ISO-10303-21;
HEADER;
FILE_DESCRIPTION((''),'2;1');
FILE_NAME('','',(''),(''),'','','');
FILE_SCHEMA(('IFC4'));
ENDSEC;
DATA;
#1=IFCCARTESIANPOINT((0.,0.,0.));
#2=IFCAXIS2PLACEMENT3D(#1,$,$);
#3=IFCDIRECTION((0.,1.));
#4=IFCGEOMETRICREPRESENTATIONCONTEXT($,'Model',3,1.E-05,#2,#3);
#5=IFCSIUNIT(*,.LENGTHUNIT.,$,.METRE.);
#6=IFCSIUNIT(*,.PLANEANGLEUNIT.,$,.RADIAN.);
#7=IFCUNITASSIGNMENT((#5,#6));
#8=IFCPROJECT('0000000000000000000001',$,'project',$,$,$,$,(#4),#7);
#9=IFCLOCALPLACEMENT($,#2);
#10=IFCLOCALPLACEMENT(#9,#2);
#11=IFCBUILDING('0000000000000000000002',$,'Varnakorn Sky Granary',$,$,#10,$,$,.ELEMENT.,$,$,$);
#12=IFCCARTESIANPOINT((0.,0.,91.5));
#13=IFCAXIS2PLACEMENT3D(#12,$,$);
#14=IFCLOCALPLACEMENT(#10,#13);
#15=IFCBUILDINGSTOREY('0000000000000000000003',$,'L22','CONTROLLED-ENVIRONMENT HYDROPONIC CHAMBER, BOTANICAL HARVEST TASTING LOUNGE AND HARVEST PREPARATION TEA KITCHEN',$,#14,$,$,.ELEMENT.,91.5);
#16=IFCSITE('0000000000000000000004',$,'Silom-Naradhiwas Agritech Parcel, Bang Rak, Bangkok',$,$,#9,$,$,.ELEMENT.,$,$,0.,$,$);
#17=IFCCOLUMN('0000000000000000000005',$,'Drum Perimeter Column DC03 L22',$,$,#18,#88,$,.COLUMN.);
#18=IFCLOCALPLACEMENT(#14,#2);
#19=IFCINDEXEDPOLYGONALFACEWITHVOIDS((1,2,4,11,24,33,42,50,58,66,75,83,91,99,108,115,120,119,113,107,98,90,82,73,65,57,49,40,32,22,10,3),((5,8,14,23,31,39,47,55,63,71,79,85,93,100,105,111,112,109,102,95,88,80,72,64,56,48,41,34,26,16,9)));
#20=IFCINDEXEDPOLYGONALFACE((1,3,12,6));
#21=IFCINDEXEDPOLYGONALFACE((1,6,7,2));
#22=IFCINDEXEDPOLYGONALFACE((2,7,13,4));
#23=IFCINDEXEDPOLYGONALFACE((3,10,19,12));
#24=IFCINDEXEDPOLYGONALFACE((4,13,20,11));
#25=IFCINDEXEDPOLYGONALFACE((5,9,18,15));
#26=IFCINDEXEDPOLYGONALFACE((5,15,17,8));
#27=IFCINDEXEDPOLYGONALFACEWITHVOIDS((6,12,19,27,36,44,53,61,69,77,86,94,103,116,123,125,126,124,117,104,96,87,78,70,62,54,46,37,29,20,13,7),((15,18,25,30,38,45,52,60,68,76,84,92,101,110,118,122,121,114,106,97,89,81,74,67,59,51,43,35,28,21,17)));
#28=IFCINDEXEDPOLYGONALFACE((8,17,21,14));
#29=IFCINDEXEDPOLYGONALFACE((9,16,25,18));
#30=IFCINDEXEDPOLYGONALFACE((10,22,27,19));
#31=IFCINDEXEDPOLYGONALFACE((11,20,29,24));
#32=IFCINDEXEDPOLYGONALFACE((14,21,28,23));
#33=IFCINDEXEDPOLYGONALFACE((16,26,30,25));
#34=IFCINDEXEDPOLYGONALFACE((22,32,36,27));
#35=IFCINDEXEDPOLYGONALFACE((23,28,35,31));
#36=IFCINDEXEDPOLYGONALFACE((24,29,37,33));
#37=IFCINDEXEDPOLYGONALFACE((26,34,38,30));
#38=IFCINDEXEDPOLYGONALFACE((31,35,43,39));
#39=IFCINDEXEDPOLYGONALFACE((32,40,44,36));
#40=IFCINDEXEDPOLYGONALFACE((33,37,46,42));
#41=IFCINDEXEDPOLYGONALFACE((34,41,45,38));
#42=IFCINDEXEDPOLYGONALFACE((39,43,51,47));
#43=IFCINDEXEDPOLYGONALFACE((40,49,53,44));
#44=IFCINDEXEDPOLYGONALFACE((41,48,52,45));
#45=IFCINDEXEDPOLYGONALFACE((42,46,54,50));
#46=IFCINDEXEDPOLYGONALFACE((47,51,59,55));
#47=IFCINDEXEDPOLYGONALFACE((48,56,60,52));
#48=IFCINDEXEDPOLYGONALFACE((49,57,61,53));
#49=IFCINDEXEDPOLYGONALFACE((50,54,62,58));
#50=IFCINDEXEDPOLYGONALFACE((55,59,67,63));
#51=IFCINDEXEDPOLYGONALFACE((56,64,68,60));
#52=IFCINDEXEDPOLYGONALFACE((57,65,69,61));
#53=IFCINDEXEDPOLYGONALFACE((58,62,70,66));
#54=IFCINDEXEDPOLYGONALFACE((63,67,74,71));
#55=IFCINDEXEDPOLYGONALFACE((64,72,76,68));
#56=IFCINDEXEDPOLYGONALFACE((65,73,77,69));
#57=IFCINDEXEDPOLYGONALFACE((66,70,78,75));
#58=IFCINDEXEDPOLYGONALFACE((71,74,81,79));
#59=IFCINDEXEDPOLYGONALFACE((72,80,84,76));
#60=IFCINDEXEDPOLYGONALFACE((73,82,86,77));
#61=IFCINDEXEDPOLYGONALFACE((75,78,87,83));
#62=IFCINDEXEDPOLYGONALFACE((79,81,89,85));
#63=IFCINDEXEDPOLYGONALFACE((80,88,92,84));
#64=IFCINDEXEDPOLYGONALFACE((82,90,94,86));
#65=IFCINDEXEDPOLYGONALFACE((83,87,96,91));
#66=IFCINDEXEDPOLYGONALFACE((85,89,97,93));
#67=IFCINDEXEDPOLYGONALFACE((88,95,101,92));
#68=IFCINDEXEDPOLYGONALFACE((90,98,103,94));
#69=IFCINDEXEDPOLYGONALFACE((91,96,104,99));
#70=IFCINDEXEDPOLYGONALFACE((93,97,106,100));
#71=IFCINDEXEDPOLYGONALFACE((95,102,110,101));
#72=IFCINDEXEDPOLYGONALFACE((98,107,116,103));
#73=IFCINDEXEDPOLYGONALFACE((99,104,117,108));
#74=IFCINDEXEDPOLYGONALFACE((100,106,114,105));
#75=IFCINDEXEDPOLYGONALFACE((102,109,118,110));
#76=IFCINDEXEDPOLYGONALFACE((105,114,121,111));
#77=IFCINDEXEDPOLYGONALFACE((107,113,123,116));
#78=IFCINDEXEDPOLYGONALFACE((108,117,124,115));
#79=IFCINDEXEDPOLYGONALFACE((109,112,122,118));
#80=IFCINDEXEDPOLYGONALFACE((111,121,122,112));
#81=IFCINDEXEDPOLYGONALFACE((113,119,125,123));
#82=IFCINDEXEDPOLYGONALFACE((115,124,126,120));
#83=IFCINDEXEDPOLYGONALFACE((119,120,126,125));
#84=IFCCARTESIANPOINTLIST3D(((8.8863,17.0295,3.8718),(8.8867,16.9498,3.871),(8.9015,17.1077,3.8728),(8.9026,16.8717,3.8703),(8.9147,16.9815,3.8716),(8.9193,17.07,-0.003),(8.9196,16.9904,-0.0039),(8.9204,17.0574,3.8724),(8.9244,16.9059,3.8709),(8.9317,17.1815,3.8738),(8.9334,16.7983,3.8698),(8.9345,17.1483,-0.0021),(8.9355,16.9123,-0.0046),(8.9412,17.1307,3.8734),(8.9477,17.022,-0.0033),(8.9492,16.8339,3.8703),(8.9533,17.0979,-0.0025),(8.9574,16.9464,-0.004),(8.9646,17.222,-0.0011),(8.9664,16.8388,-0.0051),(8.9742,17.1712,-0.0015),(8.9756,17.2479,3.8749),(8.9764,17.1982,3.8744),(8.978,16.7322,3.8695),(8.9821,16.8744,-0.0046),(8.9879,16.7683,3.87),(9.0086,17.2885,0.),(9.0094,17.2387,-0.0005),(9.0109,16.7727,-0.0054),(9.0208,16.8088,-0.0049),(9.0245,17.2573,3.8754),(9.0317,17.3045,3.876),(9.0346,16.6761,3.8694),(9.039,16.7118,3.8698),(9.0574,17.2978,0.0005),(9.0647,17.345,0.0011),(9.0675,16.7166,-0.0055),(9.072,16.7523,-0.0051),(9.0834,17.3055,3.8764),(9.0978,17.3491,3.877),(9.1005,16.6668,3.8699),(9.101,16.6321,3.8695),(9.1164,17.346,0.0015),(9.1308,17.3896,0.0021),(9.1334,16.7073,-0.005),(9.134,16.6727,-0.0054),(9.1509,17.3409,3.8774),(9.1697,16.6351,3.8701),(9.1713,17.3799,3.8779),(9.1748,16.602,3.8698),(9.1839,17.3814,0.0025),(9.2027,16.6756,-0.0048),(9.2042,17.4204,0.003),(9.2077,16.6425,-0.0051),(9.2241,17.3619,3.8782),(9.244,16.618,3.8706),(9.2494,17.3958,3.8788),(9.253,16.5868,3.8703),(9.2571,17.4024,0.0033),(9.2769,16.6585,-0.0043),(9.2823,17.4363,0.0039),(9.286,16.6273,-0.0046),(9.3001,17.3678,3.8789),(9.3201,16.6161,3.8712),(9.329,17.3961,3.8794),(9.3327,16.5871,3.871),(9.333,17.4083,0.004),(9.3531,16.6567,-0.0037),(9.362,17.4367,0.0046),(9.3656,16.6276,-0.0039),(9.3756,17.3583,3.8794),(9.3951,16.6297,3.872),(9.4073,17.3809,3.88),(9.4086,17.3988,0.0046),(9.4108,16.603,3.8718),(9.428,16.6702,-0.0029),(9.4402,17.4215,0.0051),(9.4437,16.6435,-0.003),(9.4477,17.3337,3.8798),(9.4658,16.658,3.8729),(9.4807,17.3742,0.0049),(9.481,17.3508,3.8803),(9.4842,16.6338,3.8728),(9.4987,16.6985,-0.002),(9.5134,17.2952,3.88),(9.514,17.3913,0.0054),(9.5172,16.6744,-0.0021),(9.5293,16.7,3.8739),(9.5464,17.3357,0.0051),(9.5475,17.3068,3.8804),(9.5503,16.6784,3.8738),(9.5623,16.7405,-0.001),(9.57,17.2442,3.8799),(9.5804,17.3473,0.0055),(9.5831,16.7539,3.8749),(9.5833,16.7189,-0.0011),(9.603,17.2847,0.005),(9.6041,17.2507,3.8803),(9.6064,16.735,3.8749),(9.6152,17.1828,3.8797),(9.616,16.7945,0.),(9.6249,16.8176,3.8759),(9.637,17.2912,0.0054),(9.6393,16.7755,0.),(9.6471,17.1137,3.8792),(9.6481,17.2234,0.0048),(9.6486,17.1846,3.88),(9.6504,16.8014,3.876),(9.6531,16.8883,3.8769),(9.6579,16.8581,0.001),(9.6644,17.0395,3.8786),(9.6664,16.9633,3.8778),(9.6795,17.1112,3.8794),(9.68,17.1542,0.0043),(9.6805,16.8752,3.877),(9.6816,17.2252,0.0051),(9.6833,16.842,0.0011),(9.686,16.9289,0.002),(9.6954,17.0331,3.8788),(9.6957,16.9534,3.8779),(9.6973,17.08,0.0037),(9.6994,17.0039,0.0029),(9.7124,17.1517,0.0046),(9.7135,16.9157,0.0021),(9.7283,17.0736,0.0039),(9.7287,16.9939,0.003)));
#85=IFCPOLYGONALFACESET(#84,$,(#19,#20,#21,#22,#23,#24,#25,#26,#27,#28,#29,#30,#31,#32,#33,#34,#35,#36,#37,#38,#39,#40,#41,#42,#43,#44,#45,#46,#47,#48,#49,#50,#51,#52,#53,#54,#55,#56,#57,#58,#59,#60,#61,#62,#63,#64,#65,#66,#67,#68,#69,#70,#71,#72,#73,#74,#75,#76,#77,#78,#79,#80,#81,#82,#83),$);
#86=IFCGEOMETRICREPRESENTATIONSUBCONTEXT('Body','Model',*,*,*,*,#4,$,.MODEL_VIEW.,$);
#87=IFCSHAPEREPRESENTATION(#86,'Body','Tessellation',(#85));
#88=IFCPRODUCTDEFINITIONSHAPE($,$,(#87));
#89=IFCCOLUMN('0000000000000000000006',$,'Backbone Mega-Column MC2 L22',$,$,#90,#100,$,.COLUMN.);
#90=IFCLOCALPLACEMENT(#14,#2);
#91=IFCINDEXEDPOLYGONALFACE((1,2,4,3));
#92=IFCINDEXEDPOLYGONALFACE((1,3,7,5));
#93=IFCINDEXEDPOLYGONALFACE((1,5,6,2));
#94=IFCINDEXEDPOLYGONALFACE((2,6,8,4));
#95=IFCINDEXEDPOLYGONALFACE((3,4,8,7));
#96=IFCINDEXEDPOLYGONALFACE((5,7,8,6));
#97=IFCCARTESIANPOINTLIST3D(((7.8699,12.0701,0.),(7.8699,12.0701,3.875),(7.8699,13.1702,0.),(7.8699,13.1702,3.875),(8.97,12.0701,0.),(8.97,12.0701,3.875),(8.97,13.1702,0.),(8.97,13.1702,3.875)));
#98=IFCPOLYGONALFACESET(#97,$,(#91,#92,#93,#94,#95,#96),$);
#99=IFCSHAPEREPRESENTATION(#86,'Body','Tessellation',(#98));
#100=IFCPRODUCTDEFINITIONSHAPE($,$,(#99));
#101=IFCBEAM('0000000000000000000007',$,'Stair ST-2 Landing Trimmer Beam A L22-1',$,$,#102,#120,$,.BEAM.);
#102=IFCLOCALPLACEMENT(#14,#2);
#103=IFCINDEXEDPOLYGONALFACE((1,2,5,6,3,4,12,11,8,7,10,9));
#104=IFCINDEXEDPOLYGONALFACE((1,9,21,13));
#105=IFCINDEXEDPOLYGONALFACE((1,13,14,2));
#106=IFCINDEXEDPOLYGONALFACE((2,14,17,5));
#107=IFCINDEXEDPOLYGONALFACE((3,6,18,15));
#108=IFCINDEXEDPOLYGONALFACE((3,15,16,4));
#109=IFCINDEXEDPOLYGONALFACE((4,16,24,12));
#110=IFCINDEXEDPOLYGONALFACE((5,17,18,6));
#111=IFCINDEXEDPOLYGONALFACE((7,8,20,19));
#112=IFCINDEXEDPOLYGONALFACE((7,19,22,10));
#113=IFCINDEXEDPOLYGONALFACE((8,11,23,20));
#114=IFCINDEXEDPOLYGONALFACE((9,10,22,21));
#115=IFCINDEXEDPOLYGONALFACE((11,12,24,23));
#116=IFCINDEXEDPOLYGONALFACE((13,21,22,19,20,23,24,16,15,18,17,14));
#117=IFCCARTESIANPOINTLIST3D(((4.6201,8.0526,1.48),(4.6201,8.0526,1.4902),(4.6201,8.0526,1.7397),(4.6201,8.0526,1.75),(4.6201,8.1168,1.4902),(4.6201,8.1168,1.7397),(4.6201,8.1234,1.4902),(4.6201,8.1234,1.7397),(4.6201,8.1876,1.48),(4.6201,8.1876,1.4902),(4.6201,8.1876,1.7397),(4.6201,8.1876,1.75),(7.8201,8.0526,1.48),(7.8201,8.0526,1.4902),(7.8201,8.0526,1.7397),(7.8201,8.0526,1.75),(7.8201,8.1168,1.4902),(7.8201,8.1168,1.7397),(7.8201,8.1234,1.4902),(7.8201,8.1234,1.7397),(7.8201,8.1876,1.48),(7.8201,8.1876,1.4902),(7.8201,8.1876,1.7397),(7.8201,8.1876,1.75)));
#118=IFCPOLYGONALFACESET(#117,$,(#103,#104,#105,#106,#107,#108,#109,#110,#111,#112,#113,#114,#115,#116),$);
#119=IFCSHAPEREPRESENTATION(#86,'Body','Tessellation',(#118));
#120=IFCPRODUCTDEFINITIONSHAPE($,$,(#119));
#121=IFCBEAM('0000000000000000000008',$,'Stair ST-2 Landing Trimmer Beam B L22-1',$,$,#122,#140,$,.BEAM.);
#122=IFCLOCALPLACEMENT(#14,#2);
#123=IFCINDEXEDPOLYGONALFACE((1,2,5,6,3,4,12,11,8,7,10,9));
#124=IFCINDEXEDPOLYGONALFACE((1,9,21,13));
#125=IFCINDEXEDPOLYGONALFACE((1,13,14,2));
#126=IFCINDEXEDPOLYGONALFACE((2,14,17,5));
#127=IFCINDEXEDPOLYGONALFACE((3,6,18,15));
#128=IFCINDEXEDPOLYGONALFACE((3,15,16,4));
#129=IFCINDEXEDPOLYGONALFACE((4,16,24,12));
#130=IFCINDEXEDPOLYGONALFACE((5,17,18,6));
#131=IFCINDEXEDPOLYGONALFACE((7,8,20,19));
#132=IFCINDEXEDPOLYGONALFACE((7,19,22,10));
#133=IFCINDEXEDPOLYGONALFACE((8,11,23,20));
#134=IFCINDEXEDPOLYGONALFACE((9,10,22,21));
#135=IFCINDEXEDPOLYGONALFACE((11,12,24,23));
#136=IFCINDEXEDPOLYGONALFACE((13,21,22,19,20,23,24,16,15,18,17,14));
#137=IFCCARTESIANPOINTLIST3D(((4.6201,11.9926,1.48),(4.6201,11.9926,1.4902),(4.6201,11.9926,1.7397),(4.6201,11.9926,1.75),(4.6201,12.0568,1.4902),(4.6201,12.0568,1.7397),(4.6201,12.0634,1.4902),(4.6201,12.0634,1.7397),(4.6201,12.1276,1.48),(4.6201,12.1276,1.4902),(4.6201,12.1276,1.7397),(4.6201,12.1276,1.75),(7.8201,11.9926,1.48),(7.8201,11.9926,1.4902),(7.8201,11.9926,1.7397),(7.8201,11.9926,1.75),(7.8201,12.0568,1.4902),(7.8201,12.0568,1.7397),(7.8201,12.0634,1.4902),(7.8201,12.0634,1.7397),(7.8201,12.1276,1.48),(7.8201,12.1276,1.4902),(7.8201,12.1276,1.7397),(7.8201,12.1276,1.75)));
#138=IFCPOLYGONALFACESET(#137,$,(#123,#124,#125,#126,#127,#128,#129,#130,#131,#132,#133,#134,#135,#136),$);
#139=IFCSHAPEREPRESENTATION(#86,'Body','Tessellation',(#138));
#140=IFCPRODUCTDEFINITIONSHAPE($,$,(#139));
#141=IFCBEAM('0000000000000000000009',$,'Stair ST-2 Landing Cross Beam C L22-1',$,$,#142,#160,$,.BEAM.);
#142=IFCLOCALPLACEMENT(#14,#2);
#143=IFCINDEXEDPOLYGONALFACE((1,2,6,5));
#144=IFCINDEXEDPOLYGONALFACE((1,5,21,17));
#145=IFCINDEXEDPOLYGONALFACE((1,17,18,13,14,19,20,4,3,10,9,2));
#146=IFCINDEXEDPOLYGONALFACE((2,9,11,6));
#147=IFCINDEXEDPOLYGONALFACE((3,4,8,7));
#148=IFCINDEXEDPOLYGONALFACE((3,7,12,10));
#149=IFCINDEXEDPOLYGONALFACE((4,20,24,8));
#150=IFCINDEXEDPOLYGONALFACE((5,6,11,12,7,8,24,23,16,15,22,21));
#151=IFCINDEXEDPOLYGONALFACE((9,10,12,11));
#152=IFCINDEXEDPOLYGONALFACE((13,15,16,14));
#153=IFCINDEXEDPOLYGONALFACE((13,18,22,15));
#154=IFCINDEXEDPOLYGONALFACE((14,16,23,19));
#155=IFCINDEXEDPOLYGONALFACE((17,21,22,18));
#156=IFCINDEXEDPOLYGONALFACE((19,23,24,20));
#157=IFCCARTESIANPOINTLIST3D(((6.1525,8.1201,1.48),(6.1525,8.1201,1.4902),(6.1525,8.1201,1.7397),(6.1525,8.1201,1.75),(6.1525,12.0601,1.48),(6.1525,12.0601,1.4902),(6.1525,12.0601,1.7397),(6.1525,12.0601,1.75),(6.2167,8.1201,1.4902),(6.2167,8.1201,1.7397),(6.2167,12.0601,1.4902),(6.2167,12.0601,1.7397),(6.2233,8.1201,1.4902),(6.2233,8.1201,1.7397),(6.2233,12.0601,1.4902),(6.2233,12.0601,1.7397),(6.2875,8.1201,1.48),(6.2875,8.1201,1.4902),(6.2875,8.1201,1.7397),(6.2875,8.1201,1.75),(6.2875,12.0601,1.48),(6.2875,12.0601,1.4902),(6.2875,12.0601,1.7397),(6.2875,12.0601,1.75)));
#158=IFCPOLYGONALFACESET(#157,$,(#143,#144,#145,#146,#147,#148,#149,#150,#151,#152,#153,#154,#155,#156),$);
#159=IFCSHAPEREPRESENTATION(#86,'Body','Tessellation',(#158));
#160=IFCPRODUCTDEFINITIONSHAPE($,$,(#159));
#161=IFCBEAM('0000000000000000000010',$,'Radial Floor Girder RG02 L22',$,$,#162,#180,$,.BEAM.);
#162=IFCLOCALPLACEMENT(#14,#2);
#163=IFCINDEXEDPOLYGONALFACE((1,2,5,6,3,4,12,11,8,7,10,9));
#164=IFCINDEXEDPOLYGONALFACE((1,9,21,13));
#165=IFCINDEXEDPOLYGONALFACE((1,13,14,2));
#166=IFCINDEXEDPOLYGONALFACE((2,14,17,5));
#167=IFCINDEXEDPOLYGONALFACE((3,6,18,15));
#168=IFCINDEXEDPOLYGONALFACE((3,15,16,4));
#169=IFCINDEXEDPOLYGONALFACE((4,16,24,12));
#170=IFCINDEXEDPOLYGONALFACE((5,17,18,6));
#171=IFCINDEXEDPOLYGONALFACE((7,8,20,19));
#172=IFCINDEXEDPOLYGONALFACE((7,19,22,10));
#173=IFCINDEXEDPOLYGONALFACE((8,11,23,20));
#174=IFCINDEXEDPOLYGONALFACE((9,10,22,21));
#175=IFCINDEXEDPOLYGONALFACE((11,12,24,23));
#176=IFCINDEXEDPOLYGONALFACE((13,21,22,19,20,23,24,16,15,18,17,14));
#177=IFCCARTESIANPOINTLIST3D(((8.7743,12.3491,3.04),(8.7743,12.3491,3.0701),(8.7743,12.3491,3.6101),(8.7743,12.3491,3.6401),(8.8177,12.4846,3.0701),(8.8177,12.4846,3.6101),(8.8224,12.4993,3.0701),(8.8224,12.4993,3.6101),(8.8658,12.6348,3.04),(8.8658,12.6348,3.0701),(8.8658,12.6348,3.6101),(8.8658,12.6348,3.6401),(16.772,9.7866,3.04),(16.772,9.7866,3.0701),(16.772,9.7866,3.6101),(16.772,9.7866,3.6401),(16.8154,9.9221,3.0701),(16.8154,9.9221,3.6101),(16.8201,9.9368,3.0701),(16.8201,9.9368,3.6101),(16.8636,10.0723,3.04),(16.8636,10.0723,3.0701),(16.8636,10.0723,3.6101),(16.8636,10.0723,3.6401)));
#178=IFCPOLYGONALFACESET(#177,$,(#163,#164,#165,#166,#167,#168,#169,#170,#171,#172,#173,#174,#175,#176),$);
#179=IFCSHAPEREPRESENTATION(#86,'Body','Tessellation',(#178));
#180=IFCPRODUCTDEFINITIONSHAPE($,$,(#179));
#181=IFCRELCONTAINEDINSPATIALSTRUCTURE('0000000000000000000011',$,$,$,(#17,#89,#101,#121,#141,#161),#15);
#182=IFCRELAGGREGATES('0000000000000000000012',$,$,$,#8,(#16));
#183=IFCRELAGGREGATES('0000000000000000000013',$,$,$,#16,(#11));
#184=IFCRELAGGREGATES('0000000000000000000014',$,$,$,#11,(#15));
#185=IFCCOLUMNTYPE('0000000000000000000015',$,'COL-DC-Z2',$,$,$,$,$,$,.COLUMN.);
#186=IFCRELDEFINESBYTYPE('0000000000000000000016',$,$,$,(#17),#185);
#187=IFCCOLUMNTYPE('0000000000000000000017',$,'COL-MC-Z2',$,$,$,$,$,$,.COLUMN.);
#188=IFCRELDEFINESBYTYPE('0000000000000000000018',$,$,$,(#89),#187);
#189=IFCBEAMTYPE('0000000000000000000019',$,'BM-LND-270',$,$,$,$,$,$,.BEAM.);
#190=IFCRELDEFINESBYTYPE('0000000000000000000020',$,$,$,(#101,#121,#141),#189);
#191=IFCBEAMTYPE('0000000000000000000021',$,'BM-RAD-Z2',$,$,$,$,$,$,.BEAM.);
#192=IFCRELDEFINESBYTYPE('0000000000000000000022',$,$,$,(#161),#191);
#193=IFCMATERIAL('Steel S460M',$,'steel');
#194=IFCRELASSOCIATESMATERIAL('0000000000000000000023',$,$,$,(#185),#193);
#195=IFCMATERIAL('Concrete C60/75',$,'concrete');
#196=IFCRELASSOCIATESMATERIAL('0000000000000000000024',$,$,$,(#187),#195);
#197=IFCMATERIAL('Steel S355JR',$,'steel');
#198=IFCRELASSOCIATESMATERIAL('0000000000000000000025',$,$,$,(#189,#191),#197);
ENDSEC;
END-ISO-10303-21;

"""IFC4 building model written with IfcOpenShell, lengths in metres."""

from ifc_helpers import new_model, si_unit, direction, frame, origin, origin_2d, place, context, subcontext, project, spatial, rectangle, hollow_circle, i_section, extrude, material, material_profile, profile_set, type_object, element, save


model = new_model("IFC4")

# Units and contexts
model_context = context("Model", 3, precision=1e-05, world=origin(), true_north=direction((0.0, 1.0)))
body_context = subcontext(model_context, "Body", "Model", "MODEL_VIEW")
ifc_project = project(units=[si_unit("LENGTHUNIT", "METRE"), si_unit("PLANEANGLEUNIT", "RADIAN")], contexts=[model_context])

# Site, building, storey
site_placement = place(None, origin())
site = spatial("IfcSite", under=ifc_project, at=site_placement, Name="Silom-Naradhiwas Agritech Parcel, Bang Rak, Bangkok", CompositionType="ELEMENT", RefElevation=0.0)
building_placement = place(site_placement, origin())
building = spatial("IfcBuilding", under=site, at=building_placement, Name="Varnakorn Sky Granary", CompositionType="ELEMENT")
storey_placement = place(building_placement, frame((0.0, 0.0, 91.5)))
storey = spatial("IfcBuildingStorey", under=building, at=storey_placement, Name="L22", Description="CONTROLLED-ENVIRONMENT HYDROPONIC CHAMBER, BOTANICAL HARVEST TASTING LOUNGE AND HARVEST PREPARATION TEA KITCHEN", CompositionType="ELEMENT", Elevation=91.5)

# Columns
ifc_material_1 = material(Name="Steel S460M", Category="steel")
ifc_material_profile_1 = material_profile(ifc_material_1, hollow_circle(Radius=0.4065, WallThickness=0.03, at=origin_2d()), Name="CHS 813x30")
ifc_profile_set_1 = profile_set([ifc_material_profile_1], Name="Steel S460M")
column_type_1 = type_object("IfcColumnType", Name="COL-DC-Z2", PredefinedType="COLUMN", material=ifc_profile_set_1)
column_1_placement = place(storey_placement, frame((9.324, 17.032, 0.0), z_axis=(-0.008505, -0.010458, 0.999909), x_axis=(0.775828, -0.630944, 0.0)))
element("IfcColumn", 1, at=column_1_placement, inside=storey, type_object=column_type_1, Name="Drum Perimeter Column DC03 L22", PredefinedType="COLUMN", context=body_context, shape_type="SweptSolid", body=[
    extrude(hollow_circle(Radius=0.4065, WallThickness=0.03, at=origin_2d()), origin(), (0.0, 0.0, 1.0), 3.8752),
])
ifc_material_2 = material(Name="Concrete C60/75", Category="concrete")
ifc_material_profile_2 = material_profile(ifc_material_2, rectangle(XDim=1.1001, YDim=1.1001, at=origin_2d()), Name="RC 1100x1100")
ifc_profile_set_2 = profile_set([ifc_material_profile_2], Name="Concrete C60/75")
column_type_2 = type_object("IfcColumnType", Name="COL-MC-Z2", PredefinedType="COLUMN", material=ifc_profile_set_2)
column_2_placement = place(storey_placement, frame((8.4199, 12.6201, 0.0), z_axis=(0.0, 0.0, 1.0), x_axis=(1.0, 0.0, 0.0)))
element("IfcColumn", 2, at=column_2_placement, inside=storey, type_object=column_type_2, Name="Backbone Mega-Column MC2 L22", PredefinedType="COLUMN", context=body_context, shape_type="SweptSolid", body=[
    extrude(rectangle(XDim=1.1001, YDim=1.1001, at=origin_2d()), origin(), (0.0, 0.0, 1.0), 3.875),
])

# Beams
ifc_material_3 = material(Name="Steel S355JR", Category="steel")
ifc_material_profile_3 = material_profile(ifc_material_3, i_section(OverallWidth=0.135, OverallDepth=0.27, WebThickness=0.0066, FlangeThickness=0.0103, at=origin_2d()), Name="IPE 270")
ifc_profile_set_3 = profile_set([ifc_material_profile_3], Name="Steel S355JR")
beam_type_1 = type_object("IfcBeamType", Name="BM-LND-270", PredefinedType="BEAM", material=ifc_profile_set_3)
for number, where, z_axis, x_axis, name in (
    (3, (4.6201, 8.1201, 1.615), (1.0, 0.0, 0.0), (0.0, 1.0, 0.0), "Stair ST-2 Landing Trimmer Beam A L22-1"),
    (4, (4.6201, 12.0601, 1.615), (1.0, 0.0, 0.0), (0.0, 1.0, 0.0), "Stair ST-2 Landing Trimmer Beam B L22-1"),
):
    element("IfcBeam", number, at=place(storey_placement, frame(where, z_axis=z_axis, x_axis=x_axis)), inside=storey, type_object=beam_type_1, Name=name, PredefinedType="BEAM", context=body_context, shape_type="SweptSolid", body=[
        extrude(i_section(OverallWidth=0.135, OverallDepth=0.27, WebThickness=0.0066, FlangeThickness=0.0103, at=origin_2d()), origin(), (0.0, 0.0, 1.0), 3.2),
    ])
beam_1_placement = place(storey_placement, frame((6.22, 8.1201, 1.615), z_axis=(0.0, 1.0, 0.0), x_axis=(-1.0, 0.0, 0.0)))
element("IfcBeam", 5, at=beam_1_placement, inside=storey, type_object=beam_type_1, Name="Stair ST-2 Landing Cross Beam C L22-1", PredefinedType="BEAM", context=body_context, shape_type="SweptSolid", body=[
    extrude(i_section(OverallWidth=0.135, OverallDepth=0.27, WebThickness=0.0066, FlangeThickness=0.0103, at=origin_2d()), origin(), (0.0, 0.0, 1.0), 3.9399),
])
ifc_material_profile_4 = material_profile(ifc_material_3, i_section(OverallWidth=0.3, OverallDepth=0.6001, WebThickness=0.0154, FlangeThickness=0.03, at=origin_2d()), Name="HE 600 B")
ifc_profile_set_4 = profile_set([ifc_material_profile_4], Name="Steel S355JR")
beam_type_2 = type_object("IfcBeamType", Name="BM-RAD-Z2", PredefinedType="BEAM", material=ifc_profile_set_4)
beam_2_placement = place(storey_placement, frame((8.8201, 12.4919, 3.3401), z_axis=(0.952313, -0.305122, 0.0), x_axis=(0.305122, 0.952313, 0.0)))
element("IfcBeam", 6, at=beam_2_placement, inside=storey, type_object=beam_type_2, Name="Radial Floor Girder RG02 L22", PredefinedType="BEAM", context=body_context, shape_type="SweptSolid", body=[
    extrude(i_section(OverallWidth=0.3, OverallDepth=0.6001, WebThickness=0.0154, FlangeThickness=0.03, at=origin_2d()), origin(), (0.0, 0.0, 1.0), 8.3982),
])

save(model, "model.ifc")
